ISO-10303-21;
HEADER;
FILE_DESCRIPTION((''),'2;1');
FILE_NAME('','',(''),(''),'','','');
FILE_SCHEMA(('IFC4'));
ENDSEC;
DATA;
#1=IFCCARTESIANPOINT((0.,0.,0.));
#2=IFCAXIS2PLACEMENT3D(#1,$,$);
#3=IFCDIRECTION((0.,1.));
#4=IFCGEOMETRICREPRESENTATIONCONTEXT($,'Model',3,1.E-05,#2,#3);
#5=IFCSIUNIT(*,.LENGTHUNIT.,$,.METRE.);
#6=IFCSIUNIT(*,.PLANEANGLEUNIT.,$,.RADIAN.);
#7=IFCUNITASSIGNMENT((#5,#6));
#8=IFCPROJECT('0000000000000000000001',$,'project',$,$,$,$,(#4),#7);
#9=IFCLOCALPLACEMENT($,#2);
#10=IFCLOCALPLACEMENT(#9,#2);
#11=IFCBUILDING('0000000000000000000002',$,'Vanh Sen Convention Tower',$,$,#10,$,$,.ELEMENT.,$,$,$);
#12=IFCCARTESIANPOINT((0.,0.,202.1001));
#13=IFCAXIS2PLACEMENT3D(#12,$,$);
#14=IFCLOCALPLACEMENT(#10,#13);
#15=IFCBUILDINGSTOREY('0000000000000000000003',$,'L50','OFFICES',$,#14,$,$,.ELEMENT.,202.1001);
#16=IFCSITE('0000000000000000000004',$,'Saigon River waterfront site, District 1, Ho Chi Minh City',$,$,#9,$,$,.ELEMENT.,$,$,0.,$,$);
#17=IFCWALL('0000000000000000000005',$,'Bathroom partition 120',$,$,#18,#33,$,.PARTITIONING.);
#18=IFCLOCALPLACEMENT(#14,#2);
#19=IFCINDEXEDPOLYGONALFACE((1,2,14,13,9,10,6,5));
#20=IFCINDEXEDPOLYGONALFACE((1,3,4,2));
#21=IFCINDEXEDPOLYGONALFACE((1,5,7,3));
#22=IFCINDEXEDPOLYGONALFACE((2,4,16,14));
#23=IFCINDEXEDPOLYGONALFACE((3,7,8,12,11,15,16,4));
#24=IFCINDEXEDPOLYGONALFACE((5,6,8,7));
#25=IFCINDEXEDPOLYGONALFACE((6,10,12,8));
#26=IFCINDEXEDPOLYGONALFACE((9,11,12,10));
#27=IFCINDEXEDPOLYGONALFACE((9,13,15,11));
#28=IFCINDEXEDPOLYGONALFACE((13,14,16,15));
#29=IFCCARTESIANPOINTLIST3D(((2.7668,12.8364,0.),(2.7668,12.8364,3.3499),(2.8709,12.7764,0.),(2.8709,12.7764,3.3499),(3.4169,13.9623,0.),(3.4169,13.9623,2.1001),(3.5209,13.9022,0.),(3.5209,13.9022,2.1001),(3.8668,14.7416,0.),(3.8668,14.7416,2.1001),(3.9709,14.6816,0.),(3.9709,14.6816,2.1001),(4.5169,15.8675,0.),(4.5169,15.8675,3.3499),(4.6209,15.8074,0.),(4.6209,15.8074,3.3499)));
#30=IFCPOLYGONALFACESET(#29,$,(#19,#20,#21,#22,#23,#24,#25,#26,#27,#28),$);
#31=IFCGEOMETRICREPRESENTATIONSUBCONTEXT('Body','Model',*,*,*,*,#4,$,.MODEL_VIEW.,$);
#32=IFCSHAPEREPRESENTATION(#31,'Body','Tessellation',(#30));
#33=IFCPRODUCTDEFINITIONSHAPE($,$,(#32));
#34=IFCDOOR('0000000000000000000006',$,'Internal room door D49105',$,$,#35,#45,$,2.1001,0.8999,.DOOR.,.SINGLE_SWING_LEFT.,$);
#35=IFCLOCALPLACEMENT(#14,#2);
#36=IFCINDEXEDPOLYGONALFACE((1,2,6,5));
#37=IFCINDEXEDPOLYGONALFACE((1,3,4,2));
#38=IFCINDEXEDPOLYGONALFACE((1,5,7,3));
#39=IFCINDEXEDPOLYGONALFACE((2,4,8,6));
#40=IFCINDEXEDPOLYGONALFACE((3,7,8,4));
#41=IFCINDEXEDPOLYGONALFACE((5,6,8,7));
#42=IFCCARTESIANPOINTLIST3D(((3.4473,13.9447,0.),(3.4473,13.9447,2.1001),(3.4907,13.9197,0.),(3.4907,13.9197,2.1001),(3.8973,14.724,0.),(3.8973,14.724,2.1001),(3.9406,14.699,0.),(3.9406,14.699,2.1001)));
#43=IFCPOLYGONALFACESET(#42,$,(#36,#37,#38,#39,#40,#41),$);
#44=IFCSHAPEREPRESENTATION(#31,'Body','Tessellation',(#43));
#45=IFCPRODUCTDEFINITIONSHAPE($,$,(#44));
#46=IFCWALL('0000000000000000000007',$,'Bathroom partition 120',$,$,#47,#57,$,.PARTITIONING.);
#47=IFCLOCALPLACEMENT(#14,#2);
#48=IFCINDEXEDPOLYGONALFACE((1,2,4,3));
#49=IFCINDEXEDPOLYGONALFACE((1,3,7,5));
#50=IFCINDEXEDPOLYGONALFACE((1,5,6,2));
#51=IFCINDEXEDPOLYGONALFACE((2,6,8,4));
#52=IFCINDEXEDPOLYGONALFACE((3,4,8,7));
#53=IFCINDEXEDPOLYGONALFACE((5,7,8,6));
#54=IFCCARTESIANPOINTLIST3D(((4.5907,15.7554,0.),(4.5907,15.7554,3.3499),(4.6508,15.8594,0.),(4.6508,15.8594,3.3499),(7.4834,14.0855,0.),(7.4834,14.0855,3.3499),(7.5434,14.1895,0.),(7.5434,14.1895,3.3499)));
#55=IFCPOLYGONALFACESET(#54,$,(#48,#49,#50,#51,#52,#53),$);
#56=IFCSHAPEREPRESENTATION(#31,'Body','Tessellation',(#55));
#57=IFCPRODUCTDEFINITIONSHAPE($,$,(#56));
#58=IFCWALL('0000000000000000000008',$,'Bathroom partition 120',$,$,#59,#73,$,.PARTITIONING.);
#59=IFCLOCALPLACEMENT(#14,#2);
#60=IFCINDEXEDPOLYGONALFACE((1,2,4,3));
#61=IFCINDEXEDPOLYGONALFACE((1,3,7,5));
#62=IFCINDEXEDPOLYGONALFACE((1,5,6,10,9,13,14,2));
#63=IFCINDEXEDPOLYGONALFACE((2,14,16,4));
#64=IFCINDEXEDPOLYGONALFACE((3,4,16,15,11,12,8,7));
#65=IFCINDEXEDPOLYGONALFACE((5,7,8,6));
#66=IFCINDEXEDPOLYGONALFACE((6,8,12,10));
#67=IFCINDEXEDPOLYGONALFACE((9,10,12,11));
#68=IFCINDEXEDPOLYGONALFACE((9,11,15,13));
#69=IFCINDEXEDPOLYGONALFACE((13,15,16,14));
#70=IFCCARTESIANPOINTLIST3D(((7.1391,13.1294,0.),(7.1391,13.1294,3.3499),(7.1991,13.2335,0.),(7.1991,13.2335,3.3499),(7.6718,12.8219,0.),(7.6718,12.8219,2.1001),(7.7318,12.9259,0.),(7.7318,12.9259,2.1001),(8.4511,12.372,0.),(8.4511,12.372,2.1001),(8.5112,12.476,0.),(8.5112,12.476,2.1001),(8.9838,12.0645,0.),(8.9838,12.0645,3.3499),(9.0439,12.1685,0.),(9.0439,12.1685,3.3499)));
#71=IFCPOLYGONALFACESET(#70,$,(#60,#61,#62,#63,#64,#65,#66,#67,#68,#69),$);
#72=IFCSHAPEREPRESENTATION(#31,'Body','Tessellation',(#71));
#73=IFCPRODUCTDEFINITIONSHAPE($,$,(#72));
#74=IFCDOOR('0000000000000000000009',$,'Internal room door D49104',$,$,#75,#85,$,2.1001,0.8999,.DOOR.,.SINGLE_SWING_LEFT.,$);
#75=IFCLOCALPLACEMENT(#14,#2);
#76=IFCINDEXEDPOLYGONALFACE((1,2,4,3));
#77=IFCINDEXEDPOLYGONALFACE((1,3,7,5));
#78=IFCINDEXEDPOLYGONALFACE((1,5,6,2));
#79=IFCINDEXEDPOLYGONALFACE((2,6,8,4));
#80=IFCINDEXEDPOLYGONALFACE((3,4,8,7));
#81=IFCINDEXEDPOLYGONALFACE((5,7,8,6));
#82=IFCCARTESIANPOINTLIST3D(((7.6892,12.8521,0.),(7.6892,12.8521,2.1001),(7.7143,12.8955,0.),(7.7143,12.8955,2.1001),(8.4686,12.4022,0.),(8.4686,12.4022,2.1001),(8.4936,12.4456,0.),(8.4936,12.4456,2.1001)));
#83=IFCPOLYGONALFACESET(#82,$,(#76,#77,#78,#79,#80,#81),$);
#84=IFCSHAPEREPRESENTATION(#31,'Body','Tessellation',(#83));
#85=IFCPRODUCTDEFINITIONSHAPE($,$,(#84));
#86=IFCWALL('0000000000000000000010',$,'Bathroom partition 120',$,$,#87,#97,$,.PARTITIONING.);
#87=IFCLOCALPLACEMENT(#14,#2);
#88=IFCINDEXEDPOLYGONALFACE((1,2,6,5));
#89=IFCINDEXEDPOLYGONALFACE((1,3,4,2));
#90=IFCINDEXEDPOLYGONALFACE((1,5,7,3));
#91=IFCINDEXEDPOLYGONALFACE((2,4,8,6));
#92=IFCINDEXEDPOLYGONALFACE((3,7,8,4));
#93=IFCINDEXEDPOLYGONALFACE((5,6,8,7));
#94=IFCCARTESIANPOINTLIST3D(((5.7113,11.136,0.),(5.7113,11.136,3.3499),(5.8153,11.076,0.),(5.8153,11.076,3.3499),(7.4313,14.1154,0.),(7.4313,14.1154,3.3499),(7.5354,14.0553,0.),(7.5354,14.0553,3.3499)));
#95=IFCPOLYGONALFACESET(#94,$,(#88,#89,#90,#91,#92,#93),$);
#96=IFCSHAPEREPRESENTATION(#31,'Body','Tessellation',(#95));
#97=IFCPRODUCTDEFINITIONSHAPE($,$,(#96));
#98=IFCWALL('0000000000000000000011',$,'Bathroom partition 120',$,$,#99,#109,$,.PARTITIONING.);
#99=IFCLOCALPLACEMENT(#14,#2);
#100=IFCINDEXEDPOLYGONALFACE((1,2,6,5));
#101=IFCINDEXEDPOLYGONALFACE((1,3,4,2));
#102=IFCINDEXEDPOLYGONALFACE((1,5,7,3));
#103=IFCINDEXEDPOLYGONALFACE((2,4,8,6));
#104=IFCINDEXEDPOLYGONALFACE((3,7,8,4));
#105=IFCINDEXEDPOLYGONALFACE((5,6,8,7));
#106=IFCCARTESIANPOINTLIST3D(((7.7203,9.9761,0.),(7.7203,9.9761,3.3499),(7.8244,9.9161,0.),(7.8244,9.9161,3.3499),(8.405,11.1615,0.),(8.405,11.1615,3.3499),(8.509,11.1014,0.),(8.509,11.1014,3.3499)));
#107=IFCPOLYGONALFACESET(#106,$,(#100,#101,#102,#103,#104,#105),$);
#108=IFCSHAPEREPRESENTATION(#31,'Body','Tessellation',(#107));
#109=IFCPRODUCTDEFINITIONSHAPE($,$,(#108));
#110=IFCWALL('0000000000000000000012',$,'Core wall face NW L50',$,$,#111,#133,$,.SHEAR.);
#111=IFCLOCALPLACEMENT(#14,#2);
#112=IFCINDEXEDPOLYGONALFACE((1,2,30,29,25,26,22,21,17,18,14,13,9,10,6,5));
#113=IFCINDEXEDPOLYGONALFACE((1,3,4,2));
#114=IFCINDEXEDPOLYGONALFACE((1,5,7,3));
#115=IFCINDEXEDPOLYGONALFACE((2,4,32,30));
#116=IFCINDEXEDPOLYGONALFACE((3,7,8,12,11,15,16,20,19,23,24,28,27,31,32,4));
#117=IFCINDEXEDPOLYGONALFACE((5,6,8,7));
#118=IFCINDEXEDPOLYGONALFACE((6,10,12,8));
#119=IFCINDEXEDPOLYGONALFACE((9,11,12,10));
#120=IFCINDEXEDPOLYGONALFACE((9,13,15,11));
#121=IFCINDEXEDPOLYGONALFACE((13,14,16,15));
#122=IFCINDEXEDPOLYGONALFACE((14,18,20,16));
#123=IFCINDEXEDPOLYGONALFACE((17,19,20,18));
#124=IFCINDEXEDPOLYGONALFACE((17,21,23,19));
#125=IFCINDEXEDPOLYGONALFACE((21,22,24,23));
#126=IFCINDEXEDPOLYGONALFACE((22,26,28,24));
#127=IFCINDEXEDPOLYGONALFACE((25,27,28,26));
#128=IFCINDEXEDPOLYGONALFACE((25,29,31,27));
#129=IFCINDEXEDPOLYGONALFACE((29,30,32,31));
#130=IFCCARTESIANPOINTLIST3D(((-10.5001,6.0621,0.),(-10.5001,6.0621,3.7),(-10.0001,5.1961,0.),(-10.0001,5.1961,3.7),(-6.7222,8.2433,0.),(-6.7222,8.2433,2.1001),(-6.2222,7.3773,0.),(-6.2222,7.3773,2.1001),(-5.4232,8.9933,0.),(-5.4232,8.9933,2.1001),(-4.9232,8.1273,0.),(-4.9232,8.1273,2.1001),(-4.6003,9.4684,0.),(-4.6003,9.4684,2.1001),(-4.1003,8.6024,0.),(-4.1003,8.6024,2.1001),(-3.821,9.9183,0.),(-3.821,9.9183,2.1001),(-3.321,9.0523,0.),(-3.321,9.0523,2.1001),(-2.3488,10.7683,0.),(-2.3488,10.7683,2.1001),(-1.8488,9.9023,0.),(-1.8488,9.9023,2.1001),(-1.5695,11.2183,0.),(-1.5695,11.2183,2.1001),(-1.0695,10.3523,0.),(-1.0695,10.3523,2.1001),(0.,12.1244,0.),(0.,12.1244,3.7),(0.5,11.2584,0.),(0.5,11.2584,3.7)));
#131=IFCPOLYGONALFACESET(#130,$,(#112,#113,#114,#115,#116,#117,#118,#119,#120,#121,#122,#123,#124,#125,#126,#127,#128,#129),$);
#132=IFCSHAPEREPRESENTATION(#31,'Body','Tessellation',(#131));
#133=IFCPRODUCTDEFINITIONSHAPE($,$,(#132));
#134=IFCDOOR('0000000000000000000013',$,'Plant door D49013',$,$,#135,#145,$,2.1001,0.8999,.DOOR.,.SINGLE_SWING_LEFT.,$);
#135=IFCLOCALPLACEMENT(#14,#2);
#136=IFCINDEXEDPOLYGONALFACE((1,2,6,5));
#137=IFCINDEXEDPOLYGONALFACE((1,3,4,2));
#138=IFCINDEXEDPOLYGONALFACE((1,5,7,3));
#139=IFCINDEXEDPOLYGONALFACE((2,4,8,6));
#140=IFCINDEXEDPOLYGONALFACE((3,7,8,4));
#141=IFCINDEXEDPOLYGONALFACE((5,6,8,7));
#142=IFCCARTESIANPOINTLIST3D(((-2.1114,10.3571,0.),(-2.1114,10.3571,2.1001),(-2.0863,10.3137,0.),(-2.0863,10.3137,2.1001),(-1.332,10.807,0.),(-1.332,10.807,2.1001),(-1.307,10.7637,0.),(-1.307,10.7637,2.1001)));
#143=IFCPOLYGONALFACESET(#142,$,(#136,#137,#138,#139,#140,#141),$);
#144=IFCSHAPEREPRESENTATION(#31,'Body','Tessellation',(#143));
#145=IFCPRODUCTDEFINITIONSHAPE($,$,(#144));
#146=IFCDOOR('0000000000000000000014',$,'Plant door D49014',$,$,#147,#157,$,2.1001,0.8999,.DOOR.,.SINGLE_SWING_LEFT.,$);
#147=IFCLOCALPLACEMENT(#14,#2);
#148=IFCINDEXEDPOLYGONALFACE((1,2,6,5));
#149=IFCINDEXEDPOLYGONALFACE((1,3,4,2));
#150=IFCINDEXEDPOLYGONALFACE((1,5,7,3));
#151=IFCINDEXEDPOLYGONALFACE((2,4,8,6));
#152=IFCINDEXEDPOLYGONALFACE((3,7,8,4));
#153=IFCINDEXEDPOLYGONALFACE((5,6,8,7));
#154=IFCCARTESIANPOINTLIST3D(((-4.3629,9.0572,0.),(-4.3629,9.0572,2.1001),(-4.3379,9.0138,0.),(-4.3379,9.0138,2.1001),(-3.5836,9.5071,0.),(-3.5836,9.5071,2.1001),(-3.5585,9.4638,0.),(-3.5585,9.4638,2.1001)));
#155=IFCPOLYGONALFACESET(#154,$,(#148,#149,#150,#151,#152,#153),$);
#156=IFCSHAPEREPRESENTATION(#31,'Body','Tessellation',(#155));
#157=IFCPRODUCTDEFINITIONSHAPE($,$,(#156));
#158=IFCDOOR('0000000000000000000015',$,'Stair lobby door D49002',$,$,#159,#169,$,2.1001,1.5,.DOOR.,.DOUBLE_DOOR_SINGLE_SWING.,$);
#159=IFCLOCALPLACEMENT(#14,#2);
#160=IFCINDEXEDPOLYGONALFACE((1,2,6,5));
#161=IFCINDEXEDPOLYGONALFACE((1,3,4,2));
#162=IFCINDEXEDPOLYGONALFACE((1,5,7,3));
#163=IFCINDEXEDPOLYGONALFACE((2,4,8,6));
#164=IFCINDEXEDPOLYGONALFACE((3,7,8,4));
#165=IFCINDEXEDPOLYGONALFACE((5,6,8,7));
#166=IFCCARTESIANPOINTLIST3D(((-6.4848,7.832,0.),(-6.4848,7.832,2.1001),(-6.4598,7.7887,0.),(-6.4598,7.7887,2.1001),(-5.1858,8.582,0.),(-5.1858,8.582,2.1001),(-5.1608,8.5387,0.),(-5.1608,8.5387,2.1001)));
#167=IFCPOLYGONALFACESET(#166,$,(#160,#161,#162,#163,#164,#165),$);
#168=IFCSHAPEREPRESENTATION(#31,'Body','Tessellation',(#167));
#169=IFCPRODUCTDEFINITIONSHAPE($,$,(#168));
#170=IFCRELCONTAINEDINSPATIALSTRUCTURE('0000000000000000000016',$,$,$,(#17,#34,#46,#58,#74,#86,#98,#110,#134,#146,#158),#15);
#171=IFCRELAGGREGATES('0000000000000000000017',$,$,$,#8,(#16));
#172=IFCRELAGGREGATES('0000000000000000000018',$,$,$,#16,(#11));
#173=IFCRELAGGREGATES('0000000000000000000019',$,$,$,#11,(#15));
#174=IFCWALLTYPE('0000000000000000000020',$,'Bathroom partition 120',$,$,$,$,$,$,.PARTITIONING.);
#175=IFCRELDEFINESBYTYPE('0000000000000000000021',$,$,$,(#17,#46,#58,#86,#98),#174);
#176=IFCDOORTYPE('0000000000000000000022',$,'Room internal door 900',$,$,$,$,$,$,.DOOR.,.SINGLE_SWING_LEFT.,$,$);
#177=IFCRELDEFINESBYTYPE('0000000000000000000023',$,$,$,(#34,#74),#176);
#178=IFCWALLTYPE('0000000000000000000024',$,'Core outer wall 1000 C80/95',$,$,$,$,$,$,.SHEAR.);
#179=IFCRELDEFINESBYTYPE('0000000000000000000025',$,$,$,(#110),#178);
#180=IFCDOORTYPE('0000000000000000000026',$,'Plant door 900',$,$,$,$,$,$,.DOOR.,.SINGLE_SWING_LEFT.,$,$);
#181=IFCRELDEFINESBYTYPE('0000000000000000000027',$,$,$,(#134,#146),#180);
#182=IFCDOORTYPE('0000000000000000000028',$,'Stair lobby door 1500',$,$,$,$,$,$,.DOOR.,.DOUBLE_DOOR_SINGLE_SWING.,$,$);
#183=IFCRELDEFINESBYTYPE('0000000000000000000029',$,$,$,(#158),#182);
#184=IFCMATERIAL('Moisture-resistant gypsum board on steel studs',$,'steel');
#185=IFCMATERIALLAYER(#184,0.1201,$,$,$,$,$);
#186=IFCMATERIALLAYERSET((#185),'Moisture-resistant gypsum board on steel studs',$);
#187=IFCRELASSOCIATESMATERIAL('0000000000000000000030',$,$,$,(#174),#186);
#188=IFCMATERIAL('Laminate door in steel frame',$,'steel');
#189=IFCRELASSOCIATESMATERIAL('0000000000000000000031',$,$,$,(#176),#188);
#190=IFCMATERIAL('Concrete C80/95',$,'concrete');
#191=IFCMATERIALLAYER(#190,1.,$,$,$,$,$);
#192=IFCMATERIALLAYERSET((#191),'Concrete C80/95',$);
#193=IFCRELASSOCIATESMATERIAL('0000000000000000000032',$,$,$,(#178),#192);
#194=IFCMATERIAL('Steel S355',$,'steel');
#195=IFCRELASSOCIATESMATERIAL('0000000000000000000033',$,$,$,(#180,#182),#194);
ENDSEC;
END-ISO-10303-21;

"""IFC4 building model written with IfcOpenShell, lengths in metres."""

from ifc_helpers import new_model, si_unit, direction, frame, frame_2d, origin, place, context, subcontext, project, spatial, rectangle, extrude, material, layer, layer_set, type_object, element, fill, save


model = new_model("IFC4")

# Units and contexts
model_context = context("Model", 3, precision=1e-05, world=origin(), true_north=direction((0.0, 1.0)))
body_context = subcontext(model_context, "Body", "Model", "MODEL_VIEW")
ifc_project = project(units=[si_unit("LENGTHUNIT", "METRE"), si_unit("PLANEANGLEUNIT", "RADIAN")], contexts=[model_context])

# Site, building, storey
site_placement = place(None, origin())
site = spatial("IfcSite", under=ifc_project, at=site_placement, Name="Saigon River waterfront site, District 1, Ho Chi Minh City", CompositionType="ELEMENT", RefElevation=0.0)
building_placement = place(site_placement, origin())
building = spatial("IfcBuilding", under=site, at=building_placement, Name="Vanh Sen Convention Tower", CompositionType="ELEMENT")
storey_placement = place(building_placement, frame((0.0, 0.0, 202.1001)))
storey = spatial("IfcBuildingStorey", under=building, at=storey_placement, Name="L50", Description="OFFICES", CompositionType="ELEMENT", Elevation=202.1001)

# Shared definitions
ifc_material_1 = material(Name="Concrete C80/95", Category="concrete")

# Wall, opening, door
ifc_material_2 = material(Name="Moisture-resistant gypsum board on steel studs", Category="steel")
ifc_layer_1 = layer(ifc_material_2, 0.1201)
ifc_layer_set_1 = layer_set([ifc_layer_1], Name="Moisture-resistant gypsum board on steel studs")
wall_type_1 = type_object("IfcWallType", Name="Bathroom partition 120", PredefinedType="PARTITIONING", material=ifc_layer_set_1)
wall_1_placement = place(storey_placement, frame((2.8188, 12.8064, 0.0), z_axis=(0.0, 0.0, 1.0), x_axis=(0.50001, 0.866019, 0.0)))
wall_1 = element("IfcWall", 1, at=wall_1_placement, inside=storey, type_object=wall_type_1, Name="Bathroom partition 120", PredefinedType="PARTITIONING", context=body_context, shape_type="SweptSolid", body=[
    extrude(rectangle(XDim=3.5, YDim=0.1201, at=frame_2d((1.75, 0.0))), origin(), (0.0, 0.0, 1.0), 3.3499),
])
opening_1_placement = place(wall_1_placement, frame((1.3, 0.0, 0.0)))
opening_1 = element("IfcOpeningElement", 2, at=opening_1_placement, cuts=wall_1, PredefinedType="OPENING", context=body_context, shape_type="SweptSolid", body=[
    extrude(rectangle(XDim=0.8999, YDim=2.1001, at=frame_2d((0.45, 1.05))), frame((0.0, 0.0701, 0.0), z_axis=(0.0, -1.0, 0.0), x_axis=(1.0, 0.0, 0.0)), (0.0, 0.0, 1.0), 0.1401),
])
ifc_material_3 = material(Name="Laminate door in steel frame", Category="steel")
door_type_1 = type_object("IfcDoorType", Name="Room internal door 900", OperationType="SINGLE_SWING_LEFT", PredefinedType="DOOR", material=ifc_material_3)
door_1_placement = place(opening_1_placement, origin())
door_1 = element("IfcDoor", 3, at=door_1_placement, inside=storey, type_object=door_type_1, Name="Internal room door D49105", OperationType="SINGLE_SWING_LEFT", OverallHeight=2.1001, OverallWidth=0.8999, PredefinedType="DOOR", context=body_context, shape_type="SweptSolid", body=[
    extrude(rectangle(XDim=0.8999, YDim=2.1001, at=frame_2d((0.45, 1.05))), frame((0.0, 0.0249, 0.0), z_axis=(0.0, -1.0, 0.0), x_axis=(1.0, 0.0, 0.0)), (0.0, 0.0, 1.0), 0.05),
])
fill(opening_1, door_1)

# Wall
wall_2_placement = place(storey_placement, frame((4.6208, 15.8074, 0.0), z_axis=(0.0, 0.0, 1.0), x_axis=(0.86604, -0.499976, 0.0)))
element("IfcWall", 4, at=wall_2_placement, inside=storey, type_object=wall_type_1, Name="Bathroom partition 120", PredefinedType="PARTITIONING", context=body_context, shape_type="SweptSolid", body=[
    extrude(rectangle(XDim=3.3401, YDim=0.1201, at=frame_2d((1.6699, 0.0))), origin(), (0.0, 0.0, 1.0), 3.3499),
])

# Wall, opening, door
wall_3_placement = place(storey_placement, frame((7.1692, 13.1814, 0.0), z_axis=(0.0, 0.0, 1.0), x_axis=(0.866048, -0.499961, 0.0)))
wall_3 = element("IfcWall", 5, at=wall_3_placement, inside=storey, type_object=wall_type_1, Name="Bathroom partition 120", PredefinedType="PARTITIONING", context=body_context, shape_type="SweptSolid", body=[
    extrude(rectangle(XDim=2.1301, YDim=0.1201, at=frame_2d((1.0649, 0.0))), origin(), (0.0, 0.0, 1.0), 3.3499),
])
opening_2_placement = place(wall_3_placement, frame((0.615, 0.0, 0.0)))
opening_2 = element("IfcOpeningElement", 6, at=opening_2_placement, cuts=wall_3, PredefinedType="OPENING", context=body_context, shape_type="SweptSolid", body=[
    extrude(rectangle(XDim=0.8999, YDim=2.1001, at=frame_2d((0.45, 1.05))), frame((0.0, 0.0701, 0.0), z_axis=(0.0, -1.0, 0.0), x_axis=(1.0, 0.0, 0.0)), (0.0, 0.0, 1.0), 0.1401),
])
door_2_placement = place(opening_2_placement, origin())
door_2 = element("IfcDoor", 7, at=door_2_placement, inside=storey, type_object=door_type_1, Name="Internal room door D49104", OperationType="SINGLE_SWING_LEFT", OverallHeight=2.1001, OverallWidth=0.8999, PredefinedType="DOOR", context=body_context, shape_type="SweptSolid", body=[
    extrude(rectangle(XDim=0.8999, YDim=2.1001, at=frame_2d((0.45, 1.05))), frame((0.0, 0.0249, 0.0), z_axis=(0.0, -1.0, 0.0), x_axis=(1.0, 0.0, 0.0)), (0.0, 0.0, 1.0), 0.05),
])
fill(opening_2, door_2)

# Walls
wall_4_placement = place(storey_placement, frame((7.4834, 14.0854, 0.0), z_axis=(0.0, 0.0, 1.0), x_axis=(-0.499978, -0.866038, 0.0)))
element("IfcWall", 8, at=wall_4_placement, inside=storey, type_object=wall_type_1, Name="Bathroom partition 120", PredefinedType="PARTITIONING", context=body_context, shape_type="SweptSolid", body=[
    extrude(rectangle(XDim=3.4402, YDim=0.1201, at=frame_2d((1.7202, 0.0))), origin(), (0.0, 0.0, 1.0), 3.3499),
])
wall_5_placement = place(storey_placement, frame((8.457, 11.1316, 0.0), z_axis=(0.0, 0.0, 1.0), x_axis=(-0.500129, -0.865951, 0.0)))
element("IfcWall", 9, at=wall_5_placement, inside=storey, type_object=wall_type_1, Name="Bathroom partition 120", PredefinedType="PARTITIONING", context=body_context, shape_type="SweptSolid", body=[
    extrude(rectangle(XDim=1.3689, YDim=0.1201, at=frame_2d((0.6846, 0.0))), origin(), (0.0, 0.0, 1.0), 3.3499),
])

# Wall, openings, doors
ifc_layer_2 = layer(ifc_material_1, 1.0)
ifc_layer_set_2 = layer_set([ifc_layer_2], Name="Concrete C80/95")
wall_type_2 = type_object("IfcWallType", Name="Core outer wall 1000 C80/95", PredefinedType="SHEAR", material=ifc_layer_set_2)
wall_6_placement = place(storey_placement, frame((0.25, 11.6914, 0.0), z_axis=(0.0, 0.0, 1.0), x_axis=(-0.866023, -0.500005, 0.0)))
wall_6 = element("IfcWall", 10, at=wall_6_placement, inside=storey, type_object=wall_type_2, Name="Core wall face NW L50", PredefinedType="SHEAR", context=body_context, shape_type="SweptSolid", body=[
    extrude(rectangle(XDim=12.1245, YDim=1.0, at=frame_2d((6.0623, 0.0))), origin(), (0.0, 0.0, 1.0), 3.7),
])
opening_3_placement = place(wall_6_placement, frame((6.2622, 0.0, 0.0)))
opening_3 = element("IfcOpeningElement", 11, at=opening_3_placement, cuts=wall_6, PredefinedType="OPENING", context=body_context, shape_type="SweptSolid", body=[
    extrude(rectangle(XDim=1.5, YDim=2.1001, at=frame_2d((0.75, 1.05))), frame((0.0, 0.51, 0.0), z_axis=(0.0, -1.0, 0.0), x_axis=(1.0, 0.0, 0.0)), (0.0, 0.0, 1.0), 1.02),
])
opening_4_placement = place(wall_6_placement, frame((1.8123, 0.0, 0.0)))
opening_4 = element("IfcOpeningElement", 12, at=opening_4_placement, cuts=wall_6, PredefinedType="OPENING", context=body_context, shape_type="SweptSolid", body=[
    extrude(rectangle(XDim=0.8999, YDim=2.1001, at=frame_2d((0.45, 1.05))), frame((0.0, 0.51, 0.0), z_axis=(0.0, -1.0, 0.0), x_axis=(1.0, 0.0, 0.0)), (0.0, 0.0, 1.0), 1.02),
])
opening_5_placement = place(wall_6_placement, frame((4.4121, 0.0, 0.0)))
opening_5 = element("IfcOpeningElement", 13, at=opening_5_placement, cuts=wall_6, PredefinedType="OPENING", context=body_context, shape_type="SweptSolid", body=[
    extrude(rectangle(XDim=0.8999, YDim=2.1001, at=frame_2d((0.45, 1.05))), frame((0.0, 0.51, 0.0), z_axis=(0.0, -1.0, 0.0), x_axis=(1.0, 0.0, 0.0)), (0.0, 0.0, 1.0), 1.02),
])
ifc_material_4 = material(Name="Steel S355", Category="steel")
door_type_2 = type_object("IfcDoorType", Name="Plant door 900", OperationType="SINGLE_SWING_LEFT", PredefinedType="DOOR", material=ifc_material_4)
door_3_placement = place(opening_4_placement, origin())
door_3 = element("IfcDoor", 14, at=door_3_placement, inside=storey, type_object=door_type_2, Name="Plant door D49013", OperationType="SINGLE_SWING_LEFT", OverallHeight=2.1001, OverallWidth=0.8999, PredefinedType="DOOR", context=body_context, shape_type="SweptSolid", body=[
    extrude(rectangle(XDim=0.8999, YDim=2.1001, at=frame_2d((0.45, 1.05))), frame((0.0, 0.0249, 0.0), z_axis=(0.0, -1.0, 0.0), x_axis=(1.0, 0.0, 0.0)), (0.0, 0.0, 1.0), 0.05),
])
fill(opening_4, door_3)
door_4_placement = place(opening_5_placement, origin())
door_4 = element("IfcDoor", 15, at=door_4_placement, inside=storey, type_object=door_type_2, Name="Plant door D49014", OperationType="SINGLE_SWING_LEFT", OverallHeight=2.1001, OverallWidth=0.8999, PredefinedType="DOOR", context=body_context, shape_type="SweptSolid", body=[
    extrude(rectangle(XDim=0.8999, YDim=2.1001, at=frame_2d((0.45, 1.05))), frame((0.0, 0.0249, 0.0), z_axis=(0.0, -1.0, 0.0), x_axis=(1.0, 0.0, 0.0)), (0.0, 0.0, 1.0), 0.05),
])
fill(opening_5, door_4)
door_type_3 = type_object("IfcDoorType", Name="Stair lobby door 1500", OperationType="DOUBLE_DOOR_SINGLE_SWING", PredefinedType="DOOR", material=ifc_material_4)
door_5_placement = place(opening_3_placement, origin())
door_5 = element("IfcDoor", 16, at=door_5_placement, inside=storey, type_object=door_type_3, Name="Stair lobby door D49002", OperationType="DOUBLE_DOOR_SINGLE_SWING", OverallHeight=2.1001, OverallWidth=1.5, PredefinedType="DOOR", context=body_context, shape_type="SweptSolid", body=[
    extrude(rectangle(XDim=1.5, YDim=2.1001, at=frame_2d((0.75, 1.05))), frame((0.0, 0.0249, 0.0), z_axis=(0.0, -1.0, 0.0), x_axis=(1.0, 0.0, 0.0)), (0.0, 0.0, 1.0), 0.05),
])
fill(opening_3, door_5)

save(model, "model.ifc")
